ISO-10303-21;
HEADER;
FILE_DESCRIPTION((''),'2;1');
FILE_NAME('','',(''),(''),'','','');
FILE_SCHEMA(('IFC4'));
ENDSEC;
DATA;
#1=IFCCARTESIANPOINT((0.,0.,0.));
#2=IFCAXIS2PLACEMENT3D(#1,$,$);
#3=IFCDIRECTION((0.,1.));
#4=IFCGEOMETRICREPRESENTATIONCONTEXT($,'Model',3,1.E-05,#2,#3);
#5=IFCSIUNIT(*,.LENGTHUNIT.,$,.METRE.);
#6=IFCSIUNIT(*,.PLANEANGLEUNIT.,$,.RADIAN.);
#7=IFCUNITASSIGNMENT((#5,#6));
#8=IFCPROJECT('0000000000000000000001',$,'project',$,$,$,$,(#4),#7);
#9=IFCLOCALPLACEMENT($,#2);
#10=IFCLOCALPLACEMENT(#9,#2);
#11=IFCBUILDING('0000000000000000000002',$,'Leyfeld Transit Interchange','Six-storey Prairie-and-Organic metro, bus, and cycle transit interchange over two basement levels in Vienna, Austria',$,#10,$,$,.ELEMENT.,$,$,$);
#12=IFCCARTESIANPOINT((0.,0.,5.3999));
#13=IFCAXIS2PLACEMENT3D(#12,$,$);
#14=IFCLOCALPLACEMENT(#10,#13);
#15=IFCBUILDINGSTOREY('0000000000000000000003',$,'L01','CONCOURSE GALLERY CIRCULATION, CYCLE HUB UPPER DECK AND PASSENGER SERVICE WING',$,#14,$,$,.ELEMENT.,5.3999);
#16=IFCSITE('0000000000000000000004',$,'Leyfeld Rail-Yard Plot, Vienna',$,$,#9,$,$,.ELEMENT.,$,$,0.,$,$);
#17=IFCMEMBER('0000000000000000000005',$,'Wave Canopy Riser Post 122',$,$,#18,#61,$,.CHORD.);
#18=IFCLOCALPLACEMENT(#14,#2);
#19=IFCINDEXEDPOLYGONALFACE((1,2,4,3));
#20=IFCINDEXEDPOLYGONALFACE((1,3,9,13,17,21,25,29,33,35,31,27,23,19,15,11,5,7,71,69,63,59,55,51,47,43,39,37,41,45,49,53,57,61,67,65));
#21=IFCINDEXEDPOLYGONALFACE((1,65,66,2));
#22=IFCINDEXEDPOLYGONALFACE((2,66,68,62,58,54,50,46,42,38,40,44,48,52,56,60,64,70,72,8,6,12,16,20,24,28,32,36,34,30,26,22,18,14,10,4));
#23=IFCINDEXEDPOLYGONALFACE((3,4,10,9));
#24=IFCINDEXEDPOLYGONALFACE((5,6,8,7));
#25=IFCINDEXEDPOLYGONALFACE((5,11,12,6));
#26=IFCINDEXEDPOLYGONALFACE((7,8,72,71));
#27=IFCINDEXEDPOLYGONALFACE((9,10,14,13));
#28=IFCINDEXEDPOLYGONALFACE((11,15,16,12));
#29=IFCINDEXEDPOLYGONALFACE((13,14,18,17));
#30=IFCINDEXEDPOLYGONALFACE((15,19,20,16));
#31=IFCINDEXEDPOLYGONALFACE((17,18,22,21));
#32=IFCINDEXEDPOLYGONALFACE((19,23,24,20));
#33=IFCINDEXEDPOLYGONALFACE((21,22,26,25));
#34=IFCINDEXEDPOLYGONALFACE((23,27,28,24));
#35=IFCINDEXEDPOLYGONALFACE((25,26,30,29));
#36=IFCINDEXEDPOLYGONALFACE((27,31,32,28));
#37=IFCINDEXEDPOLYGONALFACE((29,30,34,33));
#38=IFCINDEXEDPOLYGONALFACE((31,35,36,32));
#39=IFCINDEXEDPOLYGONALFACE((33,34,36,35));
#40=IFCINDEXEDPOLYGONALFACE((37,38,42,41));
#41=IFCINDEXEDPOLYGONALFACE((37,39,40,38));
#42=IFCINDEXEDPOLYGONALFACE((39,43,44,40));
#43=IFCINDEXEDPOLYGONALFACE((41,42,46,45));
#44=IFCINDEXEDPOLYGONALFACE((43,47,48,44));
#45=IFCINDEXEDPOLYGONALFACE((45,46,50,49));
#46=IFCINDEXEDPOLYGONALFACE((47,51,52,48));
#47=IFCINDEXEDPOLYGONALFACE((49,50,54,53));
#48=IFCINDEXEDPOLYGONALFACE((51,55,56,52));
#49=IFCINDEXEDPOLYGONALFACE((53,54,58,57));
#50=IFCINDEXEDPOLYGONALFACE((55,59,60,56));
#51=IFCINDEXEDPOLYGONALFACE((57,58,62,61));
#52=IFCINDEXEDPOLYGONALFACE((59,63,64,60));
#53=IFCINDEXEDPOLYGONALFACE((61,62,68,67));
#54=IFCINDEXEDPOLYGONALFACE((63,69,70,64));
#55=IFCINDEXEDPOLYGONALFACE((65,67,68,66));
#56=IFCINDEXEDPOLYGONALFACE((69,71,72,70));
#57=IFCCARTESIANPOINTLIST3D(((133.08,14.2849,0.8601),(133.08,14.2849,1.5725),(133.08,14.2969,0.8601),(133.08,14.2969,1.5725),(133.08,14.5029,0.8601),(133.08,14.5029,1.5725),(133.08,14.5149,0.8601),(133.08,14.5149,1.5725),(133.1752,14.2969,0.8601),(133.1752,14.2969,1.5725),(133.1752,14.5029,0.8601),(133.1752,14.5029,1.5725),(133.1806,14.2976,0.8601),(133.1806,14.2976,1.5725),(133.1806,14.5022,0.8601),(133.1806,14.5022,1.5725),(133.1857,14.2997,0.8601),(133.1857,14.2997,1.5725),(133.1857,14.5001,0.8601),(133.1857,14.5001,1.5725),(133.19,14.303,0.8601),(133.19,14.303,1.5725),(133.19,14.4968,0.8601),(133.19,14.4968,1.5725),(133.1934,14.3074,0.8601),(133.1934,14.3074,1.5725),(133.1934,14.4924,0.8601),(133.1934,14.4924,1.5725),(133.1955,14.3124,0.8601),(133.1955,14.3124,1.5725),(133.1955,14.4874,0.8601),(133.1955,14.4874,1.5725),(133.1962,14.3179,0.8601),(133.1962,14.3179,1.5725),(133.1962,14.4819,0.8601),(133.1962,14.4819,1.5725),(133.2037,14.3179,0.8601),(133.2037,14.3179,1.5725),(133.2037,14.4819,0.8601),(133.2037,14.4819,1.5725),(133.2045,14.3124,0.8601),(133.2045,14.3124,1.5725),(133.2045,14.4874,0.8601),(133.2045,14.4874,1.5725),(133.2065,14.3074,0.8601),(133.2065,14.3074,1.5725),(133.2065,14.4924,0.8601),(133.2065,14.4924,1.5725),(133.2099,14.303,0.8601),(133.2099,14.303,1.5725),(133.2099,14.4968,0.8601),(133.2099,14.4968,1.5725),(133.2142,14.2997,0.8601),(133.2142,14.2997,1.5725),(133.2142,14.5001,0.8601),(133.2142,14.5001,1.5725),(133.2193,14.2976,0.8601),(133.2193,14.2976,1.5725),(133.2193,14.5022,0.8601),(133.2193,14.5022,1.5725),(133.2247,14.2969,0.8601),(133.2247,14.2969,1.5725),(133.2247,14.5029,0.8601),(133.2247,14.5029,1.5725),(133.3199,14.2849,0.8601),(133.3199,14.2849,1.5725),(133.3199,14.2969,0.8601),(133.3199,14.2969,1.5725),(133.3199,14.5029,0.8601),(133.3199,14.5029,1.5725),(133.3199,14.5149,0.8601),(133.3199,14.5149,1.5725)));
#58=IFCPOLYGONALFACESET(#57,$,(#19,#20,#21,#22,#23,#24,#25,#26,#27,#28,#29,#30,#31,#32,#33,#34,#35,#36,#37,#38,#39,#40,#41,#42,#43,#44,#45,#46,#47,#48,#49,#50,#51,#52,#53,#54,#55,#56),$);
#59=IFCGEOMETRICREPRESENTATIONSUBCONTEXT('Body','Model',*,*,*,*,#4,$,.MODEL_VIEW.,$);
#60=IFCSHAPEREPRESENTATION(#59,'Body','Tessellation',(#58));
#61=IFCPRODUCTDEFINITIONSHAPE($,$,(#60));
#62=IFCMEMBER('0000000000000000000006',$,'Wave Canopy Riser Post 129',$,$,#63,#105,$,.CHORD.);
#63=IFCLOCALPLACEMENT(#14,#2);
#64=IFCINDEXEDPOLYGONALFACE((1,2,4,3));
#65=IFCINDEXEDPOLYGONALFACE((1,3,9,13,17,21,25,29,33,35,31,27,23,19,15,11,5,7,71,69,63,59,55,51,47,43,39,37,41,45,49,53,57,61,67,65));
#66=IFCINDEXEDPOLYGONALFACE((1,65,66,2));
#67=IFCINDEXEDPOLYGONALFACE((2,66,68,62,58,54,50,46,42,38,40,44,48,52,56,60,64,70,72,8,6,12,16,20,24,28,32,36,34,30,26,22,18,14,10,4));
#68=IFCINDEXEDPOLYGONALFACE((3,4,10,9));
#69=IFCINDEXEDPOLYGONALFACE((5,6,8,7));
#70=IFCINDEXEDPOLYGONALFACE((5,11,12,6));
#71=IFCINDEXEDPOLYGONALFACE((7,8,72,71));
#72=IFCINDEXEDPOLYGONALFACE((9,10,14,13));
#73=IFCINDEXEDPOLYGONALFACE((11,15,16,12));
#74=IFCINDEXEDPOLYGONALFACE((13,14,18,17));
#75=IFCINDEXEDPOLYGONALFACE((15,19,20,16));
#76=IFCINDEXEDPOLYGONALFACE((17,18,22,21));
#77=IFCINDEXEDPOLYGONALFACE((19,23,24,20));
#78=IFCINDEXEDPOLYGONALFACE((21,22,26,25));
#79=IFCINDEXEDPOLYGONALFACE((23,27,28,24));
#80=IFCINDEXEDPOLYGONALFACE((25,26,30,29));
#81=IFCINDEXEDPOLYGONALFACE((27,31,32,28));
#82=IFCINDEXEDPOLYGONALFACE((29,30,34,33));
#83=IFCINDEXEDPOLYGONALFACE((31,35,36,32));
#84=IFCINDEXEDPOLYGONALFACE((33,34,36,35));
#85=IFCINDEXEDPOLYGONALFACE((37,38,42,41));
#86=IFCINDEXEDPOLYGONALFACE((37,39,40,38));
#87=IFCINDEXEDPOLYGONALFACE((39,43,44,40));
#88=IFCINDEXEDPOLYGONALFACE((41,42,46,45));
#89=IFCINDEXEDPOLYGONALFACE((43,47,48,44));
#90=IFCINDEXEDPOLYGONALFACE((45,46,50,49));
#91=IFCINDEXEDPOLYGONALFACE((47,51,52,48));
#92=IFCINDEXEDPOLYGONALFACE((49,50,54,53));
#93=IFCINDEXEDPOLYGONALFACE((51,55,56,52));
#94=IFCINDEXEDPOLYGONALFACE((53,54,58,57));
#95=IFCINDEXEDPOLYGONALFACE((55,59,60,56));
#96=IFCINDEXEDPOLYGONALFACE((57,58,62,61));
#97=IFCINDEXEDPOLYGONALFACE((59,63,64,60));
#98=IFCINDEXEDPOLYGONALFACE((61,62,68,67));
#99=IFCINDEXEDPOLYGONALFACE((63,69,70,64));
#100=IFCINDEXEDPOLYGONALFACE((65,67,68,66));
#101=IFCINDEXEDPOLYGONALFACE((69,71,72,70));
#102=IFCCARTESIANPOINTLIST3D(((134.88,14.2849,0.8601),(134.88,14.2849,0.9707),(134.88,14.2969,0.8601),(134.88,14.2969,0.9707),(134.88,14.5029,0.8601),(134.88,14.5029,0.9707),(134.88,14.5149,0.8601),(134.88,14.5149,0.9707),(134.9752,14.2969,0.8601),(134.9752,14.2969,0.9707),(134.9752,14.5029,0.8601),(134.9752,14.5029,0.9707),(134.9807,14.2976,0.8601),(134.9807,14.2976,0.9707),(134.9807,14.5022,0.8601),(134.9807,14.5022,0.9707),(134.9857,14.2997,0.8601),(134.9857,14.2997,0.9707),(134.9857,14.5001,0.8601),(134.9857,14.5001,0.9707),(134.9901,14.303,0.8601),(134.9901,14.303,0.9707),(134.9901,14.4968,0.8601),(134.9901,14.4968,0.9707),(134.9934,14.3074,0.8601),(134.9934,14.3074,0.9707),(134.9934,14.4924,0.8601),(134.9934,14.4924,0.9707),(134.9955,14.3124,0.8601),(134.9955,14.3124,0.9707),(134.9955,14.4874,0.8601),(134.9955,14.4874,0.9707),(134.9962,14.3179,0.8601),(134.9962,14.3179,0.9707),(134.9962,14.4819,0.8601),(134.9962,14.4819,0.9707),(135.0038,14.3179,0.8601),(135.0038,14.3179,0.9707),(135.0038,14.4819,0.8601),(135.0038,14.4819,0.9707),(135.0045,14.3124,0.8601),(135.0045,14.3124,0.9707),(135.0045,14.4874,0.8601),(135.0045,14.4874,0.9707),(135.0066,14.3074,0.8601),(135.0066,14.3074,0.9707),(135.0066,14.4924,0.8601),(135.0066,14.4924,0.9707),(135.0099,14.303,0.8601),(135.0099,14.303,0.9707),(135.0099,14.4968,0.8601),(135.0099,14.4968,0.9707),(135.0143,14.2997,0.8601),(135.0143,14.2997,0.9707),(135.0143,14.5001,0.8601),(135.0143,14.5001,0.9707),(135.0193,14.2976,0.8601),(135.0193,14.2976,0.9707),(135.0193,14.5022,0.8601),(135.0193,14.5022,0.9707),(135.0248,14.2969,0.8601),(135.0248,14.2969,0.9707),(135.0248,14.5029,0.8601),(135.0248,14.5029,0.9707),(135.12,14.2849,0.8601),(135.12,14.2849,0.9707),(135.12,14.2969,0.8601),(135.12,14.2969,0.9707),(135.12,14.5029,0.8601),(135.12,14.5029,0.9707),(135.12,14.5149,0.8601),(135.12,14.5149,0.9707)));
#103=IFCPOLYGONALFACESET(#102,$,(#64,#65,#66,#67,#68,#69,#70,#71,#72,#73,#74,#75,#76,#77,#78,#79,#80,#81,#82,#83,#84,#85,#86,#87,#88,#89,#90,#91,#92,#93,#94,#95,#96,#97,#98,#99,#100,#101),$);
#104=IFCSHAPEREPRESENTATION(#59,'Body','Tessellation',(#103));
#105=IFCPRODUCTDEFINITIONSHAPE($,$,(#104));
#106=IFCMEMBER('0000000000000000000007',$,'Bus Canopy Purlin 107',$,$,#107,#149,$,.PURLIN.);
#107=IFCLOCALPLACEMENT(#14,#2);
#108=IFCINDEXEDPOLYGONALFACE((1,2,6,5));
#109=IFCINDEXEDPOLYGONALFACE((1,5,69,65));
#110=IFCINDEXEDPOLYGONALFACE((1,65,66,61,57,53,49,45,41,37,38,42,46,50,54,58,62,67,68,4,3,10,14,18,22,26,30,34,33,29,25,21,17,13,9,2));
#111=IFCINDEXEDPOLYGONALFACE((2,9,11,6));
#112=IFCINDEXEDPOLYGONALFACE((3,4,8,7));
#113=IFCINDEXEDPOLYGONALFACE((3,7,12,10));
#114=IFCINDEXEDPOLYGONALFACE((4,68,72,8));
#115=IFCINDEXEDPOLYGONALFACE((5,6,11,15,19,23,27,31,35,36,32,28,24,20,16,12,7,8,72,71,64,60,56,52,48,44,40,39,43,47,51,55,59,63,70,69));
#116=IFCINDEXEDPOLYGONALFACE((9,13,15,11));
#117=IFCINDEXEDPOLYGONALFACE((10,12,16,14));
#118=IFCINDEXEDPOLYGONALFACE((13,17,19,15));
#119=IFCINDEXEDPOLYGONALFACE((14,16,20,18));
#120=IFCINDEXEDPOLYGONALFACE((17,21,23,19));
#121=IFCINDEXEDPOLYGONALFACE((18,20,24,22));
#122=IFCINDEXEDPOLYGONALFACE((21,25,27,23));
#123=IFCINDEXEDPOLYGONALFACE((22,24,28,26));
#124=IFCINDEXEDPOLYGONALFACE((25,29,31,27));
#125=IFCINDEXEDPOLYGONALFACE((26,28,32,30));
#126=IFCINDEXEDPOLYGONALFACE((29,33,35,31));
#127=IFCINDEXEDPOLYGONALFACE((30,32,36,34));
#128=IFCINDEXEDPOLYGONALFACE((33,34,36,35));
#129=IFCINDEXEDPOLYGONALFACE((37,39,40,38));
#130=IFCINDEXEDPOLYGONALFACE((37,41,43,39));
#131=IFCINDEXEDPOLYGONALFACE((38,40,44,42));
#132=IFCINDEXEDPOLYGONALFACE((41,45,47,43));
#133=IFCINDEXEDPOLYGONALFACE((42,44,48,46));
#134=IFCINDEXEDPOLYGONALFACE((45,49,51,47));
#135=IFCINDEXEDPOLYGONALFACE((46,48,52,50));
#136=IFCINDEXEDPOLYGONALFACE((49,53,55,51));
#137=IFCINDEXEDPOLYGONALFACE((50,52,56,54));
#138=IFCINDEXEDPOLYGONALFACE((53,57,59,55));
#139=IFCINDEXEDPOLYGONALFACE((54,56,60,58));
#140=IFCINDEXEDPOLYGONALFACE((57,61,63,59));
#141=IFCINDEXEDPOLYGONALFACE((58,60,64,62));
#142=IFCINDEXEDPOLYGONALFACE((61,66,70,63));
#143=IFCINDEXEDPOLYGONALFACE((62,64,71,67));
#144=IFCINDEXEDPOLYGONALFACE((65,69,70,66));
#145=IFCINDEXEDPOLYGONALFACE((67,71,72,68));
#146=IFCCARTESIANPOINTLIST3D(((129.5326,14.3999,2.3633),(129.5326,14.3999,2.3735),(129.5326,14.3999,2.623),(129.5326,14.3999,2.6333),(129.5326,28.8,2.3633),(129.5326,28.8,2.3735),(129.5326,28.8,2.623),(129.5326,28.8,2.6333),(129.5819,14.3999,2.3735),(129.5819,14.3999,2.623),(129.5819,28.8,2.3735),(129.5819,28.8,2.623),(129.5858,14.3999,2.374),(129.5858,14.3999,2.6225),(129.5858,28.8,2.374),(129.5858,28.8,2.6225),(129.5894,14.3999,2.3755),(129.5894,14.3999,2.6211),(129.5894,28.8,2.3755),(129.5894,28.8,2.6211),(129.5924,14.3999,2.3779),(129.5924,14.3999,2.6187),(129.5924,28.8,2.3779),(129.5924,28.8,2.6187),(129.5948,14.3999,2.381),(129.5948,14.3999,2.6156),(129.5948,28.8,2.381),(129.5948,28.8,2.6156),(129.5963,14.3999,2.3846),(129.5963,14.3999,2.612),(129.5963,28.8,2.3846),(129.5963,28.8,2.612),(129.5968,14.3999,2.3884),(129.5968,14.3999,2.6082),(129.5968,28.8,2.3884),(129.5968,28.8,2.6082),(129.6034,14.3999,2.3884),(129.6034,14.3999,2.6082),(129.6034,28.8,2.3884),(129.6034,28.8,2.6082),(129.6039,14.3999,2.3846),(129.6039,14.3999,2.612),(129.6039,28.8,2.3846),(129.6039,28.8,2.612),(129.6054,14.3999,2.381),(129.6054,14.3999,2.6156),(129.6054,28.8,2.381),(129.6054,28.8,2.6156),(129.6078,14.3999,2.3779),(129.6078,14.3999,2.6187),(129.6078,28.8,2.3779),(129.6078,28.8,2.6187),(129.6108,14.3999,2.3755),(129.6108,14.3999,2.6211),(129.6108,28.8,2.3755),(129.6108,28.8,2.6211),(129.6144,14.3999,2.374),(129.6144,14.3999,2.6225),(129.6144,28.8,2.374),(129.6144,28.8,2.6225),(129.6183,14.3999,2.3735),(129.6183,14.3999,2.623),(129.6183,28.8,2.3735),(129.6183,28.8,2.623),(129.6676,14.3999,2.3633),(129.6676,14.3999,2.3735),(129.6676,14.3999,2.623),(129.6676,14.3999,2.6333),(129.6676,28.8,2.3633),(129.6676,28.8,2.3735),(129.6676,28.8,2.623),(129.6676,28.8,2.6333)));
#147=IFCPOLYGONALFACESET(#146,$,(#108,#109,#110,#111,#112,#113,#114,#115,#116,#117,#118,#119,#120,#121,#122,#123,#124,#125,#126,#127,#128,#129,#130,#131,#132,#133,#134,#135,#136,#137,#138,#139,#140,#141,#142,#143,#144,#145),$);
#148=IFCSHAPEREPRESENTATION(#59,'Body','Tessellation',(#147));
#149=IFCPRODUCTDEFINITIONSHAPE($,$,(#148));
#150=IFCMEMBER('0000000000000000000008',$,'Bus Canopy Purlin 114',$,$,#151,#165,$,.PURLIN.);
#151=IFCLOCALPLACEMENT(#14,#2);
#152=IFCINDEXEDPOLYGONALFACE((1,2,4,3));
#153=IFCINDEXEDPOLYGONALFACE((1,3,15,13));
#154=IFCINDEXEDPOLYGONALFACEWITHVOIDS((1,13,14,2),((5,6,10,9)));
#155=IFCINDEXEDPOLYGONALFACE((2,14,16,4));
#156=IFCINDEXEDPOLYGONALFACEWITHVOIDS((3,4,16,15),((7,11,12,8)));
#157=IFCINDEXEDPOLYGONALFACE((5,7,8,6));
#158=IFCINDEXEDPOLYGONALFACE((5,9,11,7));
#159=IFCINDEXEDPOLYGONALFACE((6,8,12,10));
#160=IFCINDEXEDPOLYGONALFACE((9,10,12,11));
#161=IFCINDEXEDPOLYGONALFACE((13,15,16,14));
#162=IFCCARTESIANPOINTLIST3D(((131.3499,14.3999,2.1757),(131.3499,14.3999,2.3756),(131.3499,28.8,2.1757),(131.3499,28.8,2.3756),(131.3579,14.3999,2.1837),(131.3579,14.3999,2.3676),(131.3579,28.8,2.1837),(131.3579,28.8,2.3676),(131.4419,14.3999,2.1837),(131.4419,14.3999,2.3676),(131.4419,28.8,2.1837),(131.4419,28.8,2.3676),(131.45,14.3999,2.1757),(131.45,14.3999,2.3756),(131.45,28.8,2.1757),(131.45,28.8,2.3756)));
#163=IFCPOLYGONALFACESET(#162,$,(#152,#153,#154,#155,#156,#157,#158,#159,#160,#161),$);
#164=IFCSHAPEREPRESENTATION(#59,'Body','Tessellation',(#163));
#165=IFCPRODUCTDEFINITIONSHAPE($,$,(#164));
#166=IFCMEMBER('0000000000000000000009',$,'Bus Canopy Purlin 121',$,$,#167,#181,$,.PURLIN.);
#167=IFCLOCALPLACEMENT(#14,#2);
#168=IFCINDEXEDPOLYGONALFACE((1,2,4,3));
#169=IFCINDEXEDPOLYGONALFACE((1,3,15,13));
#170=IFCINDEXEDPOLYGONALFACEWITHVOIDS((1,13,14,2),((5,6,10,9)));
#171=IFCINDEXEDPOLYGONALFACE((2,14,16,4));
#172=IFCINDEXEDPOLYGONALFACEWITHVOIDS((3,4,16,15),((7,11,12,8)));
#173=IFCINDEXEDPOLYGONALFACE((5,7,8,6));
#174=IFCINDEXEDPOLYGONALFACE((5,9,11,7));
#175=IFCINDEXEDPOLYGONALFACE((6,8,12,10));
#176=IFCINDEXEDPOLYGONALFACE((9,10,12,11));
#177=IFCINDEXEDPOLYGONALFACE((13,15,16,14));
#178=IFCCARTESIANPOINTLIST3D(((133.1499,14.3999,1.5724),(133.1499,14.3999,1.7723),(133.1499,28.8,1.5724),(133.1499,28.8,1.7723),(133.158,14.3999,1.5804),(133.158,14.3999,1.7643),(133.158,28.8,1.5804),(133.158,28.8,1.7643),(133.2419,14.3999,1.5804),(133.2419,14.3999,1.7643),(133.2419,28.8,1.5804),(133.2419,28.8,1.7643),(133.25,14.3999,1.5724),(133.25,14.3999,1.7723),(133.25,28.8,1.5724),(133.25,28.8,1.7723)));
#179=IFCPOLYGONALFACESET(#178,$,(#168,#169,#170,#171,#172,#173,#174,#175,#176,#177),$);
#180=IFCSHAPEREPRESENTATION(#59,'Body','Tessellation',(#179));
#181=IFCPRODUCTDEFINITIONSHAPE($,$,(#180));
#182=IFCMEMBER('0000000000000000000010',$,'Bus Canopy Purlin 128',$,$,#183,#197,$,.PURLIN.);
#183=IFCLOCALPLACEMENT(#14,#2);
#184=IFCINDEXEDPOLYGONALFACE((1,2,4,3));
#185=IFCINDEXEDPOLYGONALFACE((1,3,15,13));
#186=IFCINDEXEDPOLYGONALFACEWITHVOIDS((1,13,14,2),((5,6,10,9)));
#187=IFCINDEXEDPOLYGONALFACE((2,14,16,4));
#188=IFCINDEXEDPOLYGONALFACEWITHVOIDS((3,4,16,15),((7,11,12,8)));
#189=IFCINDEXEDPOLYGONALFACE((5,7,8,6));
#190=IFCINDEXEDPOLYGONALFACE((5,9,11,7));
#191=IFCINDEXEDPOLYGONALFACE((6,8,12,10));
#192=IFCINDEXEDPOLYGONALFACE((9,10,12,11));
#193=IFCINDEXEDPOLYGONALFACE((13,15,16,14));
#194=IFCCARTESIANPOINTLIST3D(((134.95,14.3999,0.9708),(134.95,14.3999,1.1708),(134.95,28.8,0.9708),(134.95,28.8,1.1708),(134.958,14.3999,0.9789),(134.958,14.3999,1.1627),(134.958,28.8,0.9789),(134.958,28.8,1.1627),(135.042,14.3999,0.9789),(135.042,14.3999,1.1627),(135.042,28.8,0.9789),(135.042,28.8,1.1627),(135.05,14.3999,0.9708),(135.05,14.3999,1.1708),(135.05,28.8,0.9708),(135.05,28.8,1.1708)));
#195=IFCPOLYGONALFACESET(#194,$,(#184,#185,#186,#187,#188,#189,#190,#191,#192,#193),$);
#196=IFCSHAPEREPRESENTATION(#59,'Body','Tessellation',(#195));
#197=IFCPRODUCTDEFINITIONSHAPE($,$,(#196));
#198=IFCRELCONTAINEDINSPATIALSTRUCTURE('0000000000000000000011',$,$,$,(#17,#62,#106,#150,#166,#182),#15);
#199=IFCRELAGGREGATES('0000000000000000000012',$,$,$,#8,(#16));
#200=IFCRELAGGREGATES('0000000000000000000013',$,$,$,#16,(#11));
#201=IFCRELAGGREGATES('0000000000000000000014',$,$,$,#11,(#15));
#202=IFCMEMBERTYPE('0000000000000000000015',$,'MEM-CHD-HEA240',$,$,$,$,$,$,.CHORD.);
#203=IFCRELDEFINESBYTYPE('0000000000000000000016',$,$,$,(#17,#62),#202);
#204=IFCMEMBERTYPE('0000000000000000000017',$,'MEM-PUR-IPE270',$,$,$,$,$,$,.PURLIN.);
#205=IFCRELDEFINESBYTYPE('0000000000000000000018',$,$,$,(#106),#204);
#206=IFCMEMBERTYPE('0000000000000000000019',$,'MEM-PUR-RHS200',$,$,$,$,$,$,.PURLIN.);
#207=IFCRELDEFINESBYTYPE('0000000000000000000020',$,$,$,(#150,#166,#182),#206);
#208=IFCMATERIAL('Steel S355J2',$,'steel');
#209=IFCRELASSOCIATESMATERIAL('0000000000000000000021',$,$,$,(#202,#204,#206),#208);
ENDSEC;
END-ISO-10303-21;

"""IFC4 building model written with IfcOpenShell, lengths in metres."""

from ifc_helpers import new_model, si_unit, direction, frame, origin, origin_2d, place, context, subcontext, project, spatial, hollow_rectangle, i_section, extrude, material, material_profile, profile_set, type_object, element, save


model = new_model("IFC4")

# Units and contexts
model_context = context("Model", 3, precision=1e-05, world=origin(), true_north=direction((0.0, 1.0)))
body_context = subcontext(model_context, "Body", "Model", "MODEL_VIEW")
ifc_project = project(units=[si_unit("LENGTHUNIT", "METRE"), si_unit("PLANEANGLEUNIT", "RADIAN")], contexts=[model_context])

# Site, building, storey
site_placement = place(None, origin())
site = spatial("IfcSite", under=ifc_project, at=site_placement, Name="Leyfeld Rail-Yard Plot, Vienna", CompositionType="ELEMENT", RefElevation=0.0)
building_placement = place(site_placement, origin())
building = spatial("IfcBuilding", under=site, at=building_placement, Name="Leyfeld Transit Interchange", Description="Six-storey Prairie-and-Organic metro, bus, and cycle transit interchange over two basement levels in Vienna, Austria", CompositionType="ELEMENT")
storey_placement = place(building_placement, frame((0.0, 0.0, 5.3999)))
storey = spatial("IfcBuildingStorey", under=building, at=storey_placement, Name="L01", Description="CONCOURSE GALLERY CIRCULATION, CYCLE HUB UPPER DECK AND PASSENGER SERVICE WING", CompositionType="ELEMENT", Elevation=5.3999)

# Shared definitions
ifc_material_1 = material(Name="Steel S355J2", Category="steel")

# Members
ifc_material_profile_1 = material_profile(ifc_material_1, i_section(OverallWidth=0.24, OverallDepth=0.23, WebThickness=0.0076, FlangeThickness=0.012, FilletRadius=0.021, at=origin_2d()), Name="HEA 240")
ifc_profile_set_1 = profile_set([ifc_material_profile_1], Name="Steel S355J2")
member_type_1 = type_object("IfcMemberType", Name="MEM-CHD-HEA240", PredefinedType="CHORD", material=ifc_profile_set_1)
member_1_placement = place(storey_placement, frame((133.2, 14.3999, 0.8601), z_axis=(0.0, 0.0, 1.0), x_axis=(1.0, 0.0, 0.0)))
element("IfcMember", 1, at=member_1_placement, inside=storey, type_object=member_type_1, Name="Wave Canopy Riser Post 122", PredefinedType="CHORD", context=body_context, shape_type="SweptSolid", body=[
    extrude(i_section(OverallWidth=0.24, OverallDepth=0.23, WebThickness=0.0076, FlangeThickness=0.012, FilletRadius=0.021, at=origin_2d()), origin(), (0.0, 0.0, 1.0), 0.7124),
])
member_2_placement = place(storey_placement, frame((135.0, 14.3999, 0.8601), z_axis=(0.0, 0.0, 1.0), x_axis=(1.0, 0.0, 0.0)))
element("IfcMember", 2, at=member_2_placement, inside=storey, type_object=member_type_1, Name="Wave Canopy Riser Post 129", PredefinedType="CHORD", context=body_context, shape_type="SweptSolid", body=[
    extrude(i_section(OverallWidth=0.24, OverallDepth=0.23, WebThickness=0.0076, FlangeThickness=0.012, FilletRadius=0.021, at=origin_2d()), origin(), (0.0, 0.0, 1.0), 0.1106),
])
ifc_material_profile_2 = material_profile(ifc_material_1, i_section(OverallWidth=0.135, OverallDepth=0.27, WebThickness=0.0066, FlangeThickness=0.0103, FilletRadius=0.0149, at=origin_2d()), Name="IPE 270")
ifc_profile_set_2 = profile_set([ifc_material_profile_2], Name="Steel S355J2")
member_type_2 = type_object("IfcMemberType", Name="MEM-PUR-IPE270", PredefinedType="PURLIN", material=ifc_profile_set_2)
member_3_placement = place(storey_placement, frame((129.6001, 14.3999, 2.4983), z_axis=(0.0, 1.0, 0.0), x_axis=(-1.0, 0.0, 0.0)))
element("IfcMember", 3, at=member_3_placement, inside=storey, type_object=member_type_2, Name="Bus Canopy Purlin 107", PredefinedType="PURLIN", context=body_context, shape_type="SweptSolid", body=[
    extrude(i_section(OverallWidth=0.135, OverallDepth=0.27, WebThickness=0.0066, FlangeThickness=0.0103, FilletRadius=0.0149, at=origin_2d()), origin(), (0.0, 0.0, 1.0), 14.4001),
])
ifc_material_profile_3 = material_profile(ifc_material_1, hollow_rectangle(XDim=0.1001, YDim=0.2, WallThickness=0.0081, at=origin_2d()), Name="RHS 200x100x8")
ifc_profile_set_3 = profile_set([ifc_material_profile_3], Name="Steel S355J2")
member_type_3 = type_object("IfcMemberType", Name="MEM-PUR-RHS200", PredefinedType="PURLIN", material=ifc_profile_set_3)
for number, where, z_axis, x_axis, name in (
    (4, (131.3999, 14.3999, 2.2756), (0.0, 1.0, 0.0), (-1.0, 0.0, 0.0), "Bus Canopy Purlin 114"),
    (5, (133.2, 14.3999, 1.6724), (0.0, 1.0, 0.0), (-1.0, 0.0, 0.0), "Bus Canopy Purlin 121"),
    (6, (135.0, 14.3999, 1.0708), (0.0, 1.0, 0.0), (-1.0, 0.0, 0.0), "Bus Canopy Purlin 128"),
):
    element("IfcMember", number, at=place(storey_placement, frame(where, z_axis=z_axis, x_axis=x_axis)), inside=storey, type_object=member_type_3, Name=name, PredefinedType="PURLIN", context=body_context, shape_type="SweptSolid", body=[
        extrude(hollow_rectangle(XDim=0.1001, YDim=0.2, WallThickness=0.0081, at=origin_2d()), origin(), (0.0, 0.0, 1.0), 14.4001),
    ])

save(model, "model.ifc")
